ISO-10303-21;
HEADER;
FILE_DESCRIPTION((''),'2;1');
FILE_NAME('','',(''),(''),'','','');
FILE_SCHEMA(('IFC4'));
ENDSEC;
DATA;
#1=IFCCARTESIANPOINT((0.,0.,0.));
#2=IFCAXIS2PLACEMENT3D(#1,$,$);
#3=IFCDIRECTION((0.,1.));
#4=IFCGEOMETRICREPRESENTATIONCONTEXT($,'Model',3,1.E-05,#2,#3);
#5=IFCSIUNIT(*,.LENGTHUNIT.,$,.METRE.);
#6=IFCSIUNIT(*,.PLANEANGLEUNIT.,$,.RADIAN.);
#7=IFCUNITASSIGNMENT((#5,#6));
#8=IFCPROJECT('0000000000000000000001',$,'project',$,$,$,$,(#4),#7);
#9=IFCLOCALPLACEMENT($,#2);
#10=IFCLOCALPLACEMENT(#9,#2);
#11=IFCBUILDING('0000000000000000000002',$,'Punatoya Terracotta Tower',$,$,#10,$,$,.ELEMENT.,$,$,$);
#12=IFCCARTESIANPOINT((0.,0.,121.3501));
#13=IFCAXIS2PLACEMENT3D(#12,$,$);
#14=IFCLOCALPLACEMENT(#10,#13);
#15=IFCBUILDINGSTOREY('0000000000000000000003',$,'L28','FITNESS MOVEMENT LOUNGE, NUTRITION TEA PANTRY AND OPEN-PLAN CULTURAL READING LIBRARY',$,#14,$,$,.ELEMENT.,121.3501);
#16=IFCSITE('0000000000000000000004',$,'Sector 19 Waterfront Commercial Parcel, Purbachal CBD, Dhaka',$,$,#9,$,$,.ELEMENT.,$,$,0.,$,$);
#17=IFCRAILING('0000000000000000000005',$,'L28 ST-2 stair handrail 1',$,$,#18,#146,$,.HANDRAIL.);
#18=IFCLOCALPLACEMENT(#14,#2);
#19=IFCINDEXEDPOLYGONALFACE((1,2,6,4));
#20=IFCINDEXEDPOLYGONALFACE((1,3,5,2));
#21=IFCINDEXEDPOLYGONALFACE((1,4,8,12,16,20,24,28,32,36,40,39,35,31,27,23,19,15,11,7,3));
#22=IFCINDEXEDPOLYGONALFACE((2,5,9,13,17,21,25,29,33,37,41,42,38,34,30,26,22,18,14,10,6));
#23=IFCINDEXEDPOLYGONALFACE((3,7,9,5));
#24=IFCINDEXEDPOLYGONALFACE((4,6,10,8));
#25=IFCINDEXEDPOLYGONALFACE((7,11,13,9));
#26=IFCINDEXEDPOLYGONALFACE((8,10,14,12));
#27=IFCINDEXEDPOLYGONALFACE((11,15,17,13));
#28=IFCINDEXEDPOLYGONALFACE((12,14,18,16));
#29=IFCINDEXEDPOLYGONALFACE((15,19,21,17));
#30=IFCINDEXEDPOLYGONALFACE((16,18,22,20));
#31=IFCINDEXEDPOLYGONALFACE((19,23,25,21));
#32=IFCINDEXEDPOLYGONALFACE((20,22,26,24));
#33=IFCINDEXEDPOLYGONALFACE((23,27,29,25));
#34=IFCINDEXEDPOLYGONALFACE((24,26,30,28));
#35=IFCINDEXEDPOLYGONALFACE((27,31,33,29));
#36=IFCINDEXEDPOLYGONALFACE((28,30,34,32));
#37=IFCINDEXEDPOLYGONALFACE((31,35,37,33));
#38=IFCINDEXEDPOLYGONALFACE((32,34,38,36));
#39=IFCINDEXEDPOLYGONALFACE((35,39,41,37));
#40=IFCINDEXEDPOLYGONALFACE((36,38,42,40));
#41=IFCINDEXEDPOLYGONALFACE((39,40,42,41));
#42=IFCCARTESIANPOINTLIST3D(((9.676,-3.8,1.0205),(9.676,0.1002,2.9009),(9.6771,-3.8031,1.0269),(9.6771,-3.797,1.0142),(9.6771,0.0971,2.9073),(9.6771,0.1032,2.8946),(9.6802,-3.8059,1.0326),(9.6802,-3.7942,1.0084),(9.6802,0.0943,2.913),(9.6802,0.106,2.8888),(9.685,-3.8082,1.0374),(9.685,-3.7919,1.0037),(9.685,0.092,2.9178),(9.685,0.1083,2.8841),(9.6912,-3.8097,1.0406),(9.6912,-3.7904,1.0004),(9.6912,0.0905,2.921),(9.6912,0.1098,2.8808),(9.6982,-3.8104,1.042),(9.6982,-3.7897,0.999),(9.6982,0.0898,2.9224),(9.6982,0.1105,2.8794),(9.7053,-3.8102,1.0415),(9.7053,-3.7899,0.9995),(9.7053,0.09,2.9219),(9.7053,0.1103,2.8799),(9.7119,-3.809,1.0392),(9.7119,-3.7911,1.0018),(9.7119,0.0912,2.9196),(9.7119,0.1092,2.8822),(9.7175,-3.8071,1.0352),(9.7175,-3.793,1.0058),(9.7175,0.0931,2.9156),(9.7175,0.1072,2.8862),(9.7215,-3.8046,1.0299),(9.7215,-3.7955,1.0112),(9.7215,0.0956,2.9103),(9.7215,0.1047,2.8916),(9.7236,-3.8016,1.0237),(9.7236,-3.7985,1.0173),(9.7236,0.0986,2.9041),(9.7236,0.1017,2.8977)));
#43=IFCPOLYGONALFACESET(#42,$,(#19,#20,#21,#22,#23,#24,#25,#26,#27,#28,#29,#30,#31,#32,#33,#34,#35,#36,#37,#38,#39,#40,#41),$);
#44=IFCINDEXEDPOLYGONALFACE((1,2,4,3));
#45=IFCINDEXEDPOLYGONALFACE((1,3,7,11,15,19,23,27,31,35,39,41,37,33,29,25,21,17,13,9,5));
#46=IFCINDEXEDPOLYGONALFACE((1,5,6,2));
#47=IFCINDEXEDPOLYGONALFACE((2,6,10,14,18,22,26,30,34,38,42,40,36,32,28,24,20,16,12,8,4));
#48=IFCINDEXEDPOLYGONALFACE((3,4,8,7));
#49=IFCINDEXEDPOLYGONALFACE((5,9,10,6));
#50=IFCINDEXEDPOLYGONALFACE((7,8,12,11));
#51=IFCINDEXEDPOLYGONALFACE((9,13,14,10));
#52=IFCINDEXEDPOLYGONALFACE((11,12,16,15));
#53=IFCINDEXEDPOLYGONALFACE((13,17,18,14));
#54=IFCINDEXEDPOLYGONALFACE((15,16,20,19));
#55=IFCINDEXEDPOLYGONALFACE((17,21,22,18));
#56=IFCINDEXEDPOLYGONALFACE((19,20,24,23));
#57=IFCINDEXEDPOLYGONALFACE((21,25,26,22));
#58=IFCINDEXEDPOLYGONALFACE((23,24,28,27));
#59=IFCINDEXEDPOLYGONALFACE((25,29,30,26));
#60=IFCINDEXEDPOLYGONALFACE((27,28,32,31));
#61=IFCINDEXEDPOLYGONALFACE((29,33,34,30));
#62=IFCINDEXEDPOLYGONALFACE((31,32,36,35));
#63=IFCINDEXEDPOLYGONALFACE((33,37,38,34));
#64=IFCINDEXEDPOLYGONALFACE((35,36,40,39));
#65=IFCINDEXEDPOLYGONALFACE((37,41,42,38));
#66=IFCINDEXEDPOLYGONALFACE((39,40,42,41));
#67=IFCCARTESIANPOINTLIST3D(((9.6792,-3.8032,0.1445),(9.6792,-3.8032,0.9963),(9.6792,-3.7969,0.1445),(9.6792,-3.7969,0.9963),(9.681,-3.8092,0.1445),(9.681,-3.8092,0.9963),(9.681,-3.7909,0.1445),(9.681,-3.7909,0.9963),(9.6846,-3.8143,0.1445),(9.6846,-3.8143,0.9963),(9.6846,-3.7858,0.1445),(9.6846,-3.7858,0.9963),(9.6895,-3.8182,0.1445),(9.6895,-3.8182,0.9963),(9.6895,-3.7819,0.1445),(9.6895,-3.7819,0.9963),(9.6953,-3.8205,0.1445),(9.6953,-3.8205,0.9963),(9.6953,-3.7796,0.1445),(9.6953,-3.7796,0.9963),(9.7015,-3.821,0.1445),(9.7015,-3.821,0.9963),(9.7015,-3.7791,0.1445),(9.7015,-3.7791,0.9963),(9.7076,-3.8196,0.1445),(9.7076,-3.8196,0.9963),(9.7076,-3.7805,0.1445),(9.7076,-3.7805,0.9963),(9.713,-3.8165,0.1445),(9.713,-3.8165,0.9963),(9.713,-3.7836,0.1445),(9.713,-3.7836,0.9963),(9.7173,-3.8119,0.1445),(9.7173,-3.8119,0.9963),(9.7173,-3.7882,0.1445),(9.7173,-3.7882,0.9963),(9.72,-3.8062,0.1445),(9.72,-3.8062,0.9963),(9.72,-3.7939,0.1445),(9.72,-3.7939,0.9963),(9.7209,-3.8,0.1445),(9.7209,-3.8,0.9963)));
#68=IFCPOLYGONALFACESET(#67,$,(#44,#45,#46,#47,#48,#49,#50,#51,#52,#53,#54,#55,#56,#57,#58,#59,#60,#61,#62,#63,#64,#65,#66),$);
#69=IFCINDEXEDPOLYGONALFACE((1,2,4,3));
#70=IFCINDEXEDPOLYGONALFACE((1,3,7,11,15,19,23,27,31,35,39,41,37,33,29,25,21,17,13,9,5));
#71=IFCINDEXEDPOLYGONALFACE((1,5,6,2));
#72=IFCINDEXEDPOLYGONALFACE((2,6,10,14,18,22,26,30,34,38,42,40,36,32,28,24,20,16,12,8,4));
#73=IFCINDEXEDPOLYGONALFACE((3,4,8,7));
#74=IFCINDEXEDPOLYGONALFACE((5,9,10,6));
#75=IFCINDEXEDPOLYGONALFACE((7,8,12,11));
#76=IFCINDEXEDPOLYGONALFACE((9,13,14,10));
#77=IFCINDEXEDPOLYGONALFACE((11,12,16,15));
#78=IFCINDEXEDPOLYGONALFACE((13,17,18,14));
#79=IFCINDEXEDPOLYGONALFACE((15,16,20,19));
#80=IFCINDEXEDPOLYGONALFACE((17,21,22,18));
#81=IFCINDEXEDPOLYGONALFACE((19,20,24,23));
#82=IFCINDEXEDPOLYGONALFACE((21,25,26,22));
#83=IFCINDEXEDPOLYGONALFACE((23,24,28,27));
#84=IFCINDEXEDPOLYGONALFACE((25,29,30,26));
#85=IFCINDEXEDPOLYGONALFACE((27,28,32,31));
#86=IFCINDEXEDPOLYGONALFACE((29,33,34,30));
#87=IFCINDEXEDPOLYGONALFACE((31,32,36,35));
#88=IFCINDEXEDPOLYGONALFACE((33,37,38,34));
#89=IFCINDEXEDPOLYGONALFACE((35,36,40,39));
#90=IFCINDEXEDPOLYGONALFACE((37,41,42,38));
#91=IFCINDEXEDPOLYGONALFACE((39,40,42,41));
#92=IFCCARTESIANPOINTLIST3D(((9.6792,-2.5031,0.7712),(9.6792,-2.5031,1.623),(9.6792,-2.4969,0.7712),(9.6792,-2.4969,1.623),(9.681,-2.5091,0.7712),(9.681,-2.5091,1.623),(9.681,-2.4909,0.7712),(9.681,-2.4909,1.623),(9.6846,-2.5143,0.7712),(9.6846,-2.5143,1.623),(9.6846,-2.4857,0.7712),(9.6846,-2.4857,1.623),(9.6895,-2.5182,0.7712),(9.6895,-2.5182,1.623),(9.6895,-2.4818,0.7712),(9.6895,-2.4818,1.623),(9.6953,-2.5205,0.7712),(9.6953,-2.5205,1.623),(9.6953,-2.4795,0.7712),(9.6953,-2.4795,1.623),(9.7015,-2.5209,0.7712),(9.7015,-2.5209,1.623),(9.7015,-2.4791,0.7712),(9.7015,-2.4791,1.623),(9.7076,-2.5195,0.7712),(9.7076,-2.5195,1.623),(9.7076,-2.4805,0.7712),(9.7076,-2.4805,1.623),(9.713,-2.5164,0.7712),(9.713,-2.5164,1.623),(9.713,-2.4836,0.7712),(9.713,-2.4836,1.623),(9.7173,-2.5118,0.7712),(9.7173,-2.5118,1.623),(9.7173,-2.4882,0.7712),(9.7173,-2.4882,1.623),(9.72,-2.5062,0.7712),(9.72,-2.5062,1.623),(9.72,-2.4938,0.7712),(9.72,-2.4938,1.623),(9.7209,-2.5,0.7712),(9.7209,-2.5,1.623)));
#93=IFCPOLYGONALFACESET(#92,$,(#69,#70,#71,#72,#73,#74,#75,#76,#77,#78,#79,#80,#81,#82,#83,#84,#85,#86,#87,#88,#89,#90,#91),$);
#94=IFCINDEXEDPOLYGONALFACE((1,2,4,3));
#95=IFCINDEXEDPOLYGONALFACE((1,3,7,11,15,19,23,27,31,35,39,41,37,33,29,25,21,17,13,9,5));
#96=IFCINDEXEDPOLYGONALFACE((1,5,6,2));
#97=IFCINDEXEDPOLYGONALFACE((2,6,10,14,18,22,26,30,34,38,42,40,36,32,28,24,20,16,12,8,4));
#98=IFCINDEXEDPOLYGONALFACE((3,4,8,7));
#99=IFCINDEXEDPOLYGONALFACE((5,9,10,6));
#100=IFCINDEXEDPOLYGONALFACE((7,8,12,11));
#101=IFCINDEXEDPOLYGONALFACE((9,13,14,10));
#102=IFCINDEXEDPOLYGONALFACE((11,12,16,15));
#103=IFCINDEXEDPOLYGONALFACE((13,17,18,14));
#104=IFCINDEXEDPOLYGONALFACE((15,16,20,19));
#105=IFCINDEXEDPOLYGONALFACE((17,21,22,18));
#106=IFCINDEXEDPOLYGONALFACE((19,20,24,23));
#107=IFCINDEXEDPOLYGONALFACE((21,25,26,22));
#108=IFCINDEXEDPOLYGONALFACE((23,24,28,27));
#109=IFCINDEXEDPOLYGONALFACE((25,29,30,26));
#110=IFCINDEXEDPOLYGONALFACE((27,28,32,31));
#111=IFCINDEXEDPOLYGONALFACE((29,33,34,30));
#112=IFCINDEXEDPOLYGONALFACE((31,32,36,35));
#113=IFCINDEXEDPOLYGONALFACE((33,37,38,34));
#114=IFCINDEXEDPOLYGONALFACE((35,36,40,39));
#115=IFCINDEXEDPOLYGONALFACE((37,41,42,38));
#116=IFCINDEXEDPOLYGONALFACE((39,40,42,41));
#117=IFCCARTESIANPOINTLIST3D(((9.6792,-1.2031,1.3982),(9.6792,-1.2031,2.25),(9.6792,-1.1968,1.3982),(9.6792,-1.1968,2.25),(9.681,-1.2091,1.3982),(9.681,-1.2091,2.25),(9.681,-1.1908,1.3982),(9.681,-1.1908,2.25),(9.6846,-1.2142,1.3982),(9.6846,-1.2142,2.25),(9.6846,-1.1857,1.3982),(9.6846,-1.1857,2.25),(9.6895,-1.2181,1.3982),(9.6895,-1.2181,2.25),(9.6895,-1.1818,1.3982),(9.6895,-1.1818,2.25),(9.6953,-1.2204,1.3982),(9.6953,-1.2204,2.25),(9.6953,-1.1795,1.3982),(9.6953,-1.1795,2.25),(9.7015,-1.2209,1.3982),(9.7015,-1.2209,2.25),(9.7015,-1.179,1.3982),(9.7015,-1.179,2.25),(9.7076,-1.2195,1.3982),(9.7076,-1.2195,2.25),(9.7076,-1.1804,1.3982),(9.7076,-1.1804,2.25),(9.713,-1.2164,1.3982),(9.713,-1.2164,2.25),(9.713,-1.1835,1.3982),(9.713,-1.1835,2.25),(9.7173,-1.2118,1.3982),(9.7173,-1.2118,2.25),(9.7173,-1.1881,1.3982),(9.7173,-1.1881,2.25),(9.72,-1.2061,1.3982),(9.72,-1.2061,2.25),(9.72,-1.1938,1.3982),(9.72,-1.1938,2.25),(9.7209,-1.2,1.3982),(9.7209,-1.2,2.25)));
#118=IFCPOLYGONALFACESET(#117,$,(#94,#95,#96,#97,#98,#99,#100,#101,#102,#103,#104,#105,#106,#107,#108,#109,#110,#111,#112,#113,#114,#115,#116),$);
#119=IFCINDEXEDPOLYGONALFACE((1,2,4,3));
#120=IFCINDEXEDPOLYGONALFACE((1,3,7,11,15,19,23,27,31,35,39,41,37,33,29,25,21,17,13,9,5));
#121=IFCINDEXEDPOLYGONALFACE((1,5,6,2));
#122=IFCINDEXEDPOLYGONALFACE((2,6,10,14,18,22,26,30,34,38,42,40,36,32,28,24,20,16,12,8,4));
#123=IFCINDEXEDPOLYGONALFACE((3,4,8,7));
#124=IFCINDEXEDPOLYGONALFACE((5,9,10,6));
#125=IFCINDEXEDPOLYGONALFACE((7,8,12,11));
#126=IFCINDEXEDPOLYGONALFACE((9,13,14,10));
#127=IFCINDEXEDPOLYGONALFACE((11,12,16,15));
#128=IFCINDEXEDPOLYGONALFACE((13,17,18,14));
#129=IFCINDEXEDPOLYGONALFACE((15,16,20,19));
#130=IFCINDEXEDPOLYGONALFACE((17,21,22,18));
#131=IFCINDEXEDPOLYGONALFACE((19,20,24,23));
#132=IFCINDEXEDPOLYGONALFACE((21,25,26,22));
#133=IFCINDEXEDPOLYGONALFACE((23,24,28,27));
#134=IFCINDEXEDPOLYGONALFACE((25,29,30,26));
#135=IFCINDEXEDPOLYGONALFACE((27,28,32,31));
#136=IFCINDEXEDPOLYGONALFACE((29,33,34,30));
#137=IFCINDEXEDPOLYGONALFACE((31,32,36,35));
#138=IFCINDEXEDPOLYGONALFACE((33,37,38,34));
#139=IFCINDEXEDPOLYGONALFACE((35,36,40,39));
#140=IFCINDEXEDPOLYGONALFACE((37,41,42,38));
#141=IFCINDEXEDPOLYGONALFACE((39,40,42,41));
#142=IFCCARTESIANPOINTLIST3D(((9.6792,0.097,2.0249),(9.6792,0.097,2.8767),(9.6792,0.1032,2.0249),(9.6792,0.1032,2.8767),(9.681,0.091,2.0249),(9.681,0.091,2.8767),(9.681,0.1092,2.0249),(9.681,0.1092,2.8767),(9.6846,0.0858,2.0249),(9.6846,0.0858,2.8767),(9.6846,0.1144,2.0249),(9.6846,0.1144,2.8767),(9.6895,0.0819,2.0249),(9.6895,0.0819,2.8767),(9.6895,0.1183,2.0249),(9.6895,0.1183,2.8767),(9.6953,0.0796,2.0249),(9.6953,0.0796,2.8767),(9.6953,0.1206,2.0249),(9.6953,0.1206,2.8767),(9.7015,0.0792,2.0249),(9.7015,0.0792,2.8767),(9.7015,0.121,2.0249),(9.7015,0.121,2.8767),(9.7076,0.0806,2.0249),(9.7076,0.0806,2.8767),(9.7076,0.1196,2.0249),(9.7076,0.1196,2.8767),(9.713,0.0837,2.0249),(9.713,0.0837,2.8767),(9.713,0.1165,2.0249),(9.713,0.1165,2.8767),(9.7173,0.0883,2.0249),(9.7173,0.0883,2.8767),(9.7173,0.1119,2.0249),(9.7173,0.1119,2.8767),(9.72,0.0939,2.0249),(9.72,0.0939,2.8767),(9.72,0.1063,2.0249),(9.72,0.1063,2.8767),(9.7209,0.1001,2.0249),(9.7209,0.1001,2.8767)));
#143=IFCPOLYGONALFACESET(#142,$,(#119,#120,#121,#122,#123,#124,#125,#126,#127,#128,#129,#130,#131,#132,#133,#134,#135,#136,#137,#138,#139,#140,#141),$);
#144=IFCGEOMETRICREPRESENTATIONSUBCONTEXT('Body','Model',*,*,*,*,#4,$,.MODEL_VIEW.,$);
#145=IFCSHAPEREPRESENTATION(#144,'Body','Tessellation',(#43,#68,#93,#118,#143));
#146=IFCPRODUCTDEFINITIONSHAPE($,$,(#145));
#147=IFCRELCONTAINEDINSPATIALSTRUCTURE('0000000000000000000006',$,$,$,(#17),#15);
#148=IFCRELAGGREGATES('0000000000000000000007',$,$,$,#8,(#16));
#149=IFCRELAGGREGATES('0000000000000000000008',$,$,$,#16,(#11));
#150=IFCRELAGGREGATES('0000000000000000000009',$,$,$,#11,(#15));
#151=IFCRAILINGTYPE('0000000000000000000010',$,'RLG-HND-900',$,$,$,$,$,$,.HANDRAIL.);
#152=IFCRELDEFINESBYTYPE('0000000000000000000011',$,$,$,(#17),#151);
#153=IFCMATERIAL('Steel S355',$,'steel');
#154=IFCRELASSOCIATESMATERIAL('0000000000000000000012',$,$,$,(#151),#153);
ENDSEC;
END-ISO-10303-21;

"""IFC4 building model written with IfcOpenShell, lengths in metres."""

from ifc_helpers import new_model, si_unit, direction, frame, origin, origin_2d, place, context, subcontext, project, spatial, circle, extrude, material, type_object, element, save


model = new_model("IFC4")

# Units and contexts
model_context = context("Model", 3, precision=1e-05, world=origin(), true_north=direction((0.0, 1.0)))
body_context = subcontext(model_context, "Body", "Model", "MODEL_VIEW")
ifc_project = project(units=[si_unit("LENGTHUNIT", "METRE"), si_unit("PLANEANGLEUNIT", "RADIAN")], contexts=[model_context])

# Site, building, storey
site_placement = place(None, origin())
site = spatial("IfcSite", under=ifc_project, at=site_placement, Name="Sector 19 Waterfront Commercial Parcel, Purbachal CBD, Dhaka", CompositionType="ELEMENT", RefElevation=0.0)
building_placement = place(site_placement, origin())
building = spatial("IfcBuilding", under=site, at=building_placement, Name="Punatoya Terracotta Tower", CompositionType="ELEMENT")
storey_placement = place(building_placement, frame((0.0, 0.0, 121.3501)))
storey = spatial("IfcBuildingStorey", under=building, at=storey_placement, Name="L28", Description="FITNESS MOVEMENT LOUNGE, NUTRITION TEA PANTRY AND OPEN-PLAN CULTURAL READING LIBRARY", CompositionType="ELEMENT", Elevation=121.3501)

# Shared definitions
ifc_material_1 = material(Name="Steel S355", Category="steel")

# Railing
railing_type_1 = type_object("IfcRailingType", Name="RLG-HND-900", PredefinedType="HANDRAIL", material=ifc_material_1)
railing_1_placement = place(storey_placement, frame((9.7, -3.8, 0.1445)))
element("IfcRailing", 1, at=railing_1_placement, inside=storey, type_object=railing_type_1, Name="L28 ST-2 stair handrail 1", PredefinedType="HANDRAIL", context=body_context, shape_type="SweptSolid", body=[
    extrude(circle(Radius=0.0239, at=origin_2d()), frame((0.0, 0.0, 0.876), z_axis=(0.0, 0.900774, 0.434289), x_axis=(-1.0, 0.0, 0.0)), (0.0, 0.0, 1.0), 4.3298),
    extrude(circle(Radius=0.021, at=origin_2d()), origin(), (0.0, 0.0, 1.0), 0.8518),
    extrude(circle(Radius=0.021, at=origin_2d()), frame((0.0, 1.3, 0.6267)), (0.0, 0.0, 1.0), 0.8518),
    extrude(circle(Radius=0.021, at=origin_2d()), frame((0.0, 2.6001, 1.2537)), (0.0, 0.0, 1.0), 0.8518),
    extrude(circle(Radius=0.021, at=origin_2d()), frame((0.0, 3.9001, 1.8804)), (0.0, 0.0, 1.0), 0.8518),
])

save(model, "model.ifc")
